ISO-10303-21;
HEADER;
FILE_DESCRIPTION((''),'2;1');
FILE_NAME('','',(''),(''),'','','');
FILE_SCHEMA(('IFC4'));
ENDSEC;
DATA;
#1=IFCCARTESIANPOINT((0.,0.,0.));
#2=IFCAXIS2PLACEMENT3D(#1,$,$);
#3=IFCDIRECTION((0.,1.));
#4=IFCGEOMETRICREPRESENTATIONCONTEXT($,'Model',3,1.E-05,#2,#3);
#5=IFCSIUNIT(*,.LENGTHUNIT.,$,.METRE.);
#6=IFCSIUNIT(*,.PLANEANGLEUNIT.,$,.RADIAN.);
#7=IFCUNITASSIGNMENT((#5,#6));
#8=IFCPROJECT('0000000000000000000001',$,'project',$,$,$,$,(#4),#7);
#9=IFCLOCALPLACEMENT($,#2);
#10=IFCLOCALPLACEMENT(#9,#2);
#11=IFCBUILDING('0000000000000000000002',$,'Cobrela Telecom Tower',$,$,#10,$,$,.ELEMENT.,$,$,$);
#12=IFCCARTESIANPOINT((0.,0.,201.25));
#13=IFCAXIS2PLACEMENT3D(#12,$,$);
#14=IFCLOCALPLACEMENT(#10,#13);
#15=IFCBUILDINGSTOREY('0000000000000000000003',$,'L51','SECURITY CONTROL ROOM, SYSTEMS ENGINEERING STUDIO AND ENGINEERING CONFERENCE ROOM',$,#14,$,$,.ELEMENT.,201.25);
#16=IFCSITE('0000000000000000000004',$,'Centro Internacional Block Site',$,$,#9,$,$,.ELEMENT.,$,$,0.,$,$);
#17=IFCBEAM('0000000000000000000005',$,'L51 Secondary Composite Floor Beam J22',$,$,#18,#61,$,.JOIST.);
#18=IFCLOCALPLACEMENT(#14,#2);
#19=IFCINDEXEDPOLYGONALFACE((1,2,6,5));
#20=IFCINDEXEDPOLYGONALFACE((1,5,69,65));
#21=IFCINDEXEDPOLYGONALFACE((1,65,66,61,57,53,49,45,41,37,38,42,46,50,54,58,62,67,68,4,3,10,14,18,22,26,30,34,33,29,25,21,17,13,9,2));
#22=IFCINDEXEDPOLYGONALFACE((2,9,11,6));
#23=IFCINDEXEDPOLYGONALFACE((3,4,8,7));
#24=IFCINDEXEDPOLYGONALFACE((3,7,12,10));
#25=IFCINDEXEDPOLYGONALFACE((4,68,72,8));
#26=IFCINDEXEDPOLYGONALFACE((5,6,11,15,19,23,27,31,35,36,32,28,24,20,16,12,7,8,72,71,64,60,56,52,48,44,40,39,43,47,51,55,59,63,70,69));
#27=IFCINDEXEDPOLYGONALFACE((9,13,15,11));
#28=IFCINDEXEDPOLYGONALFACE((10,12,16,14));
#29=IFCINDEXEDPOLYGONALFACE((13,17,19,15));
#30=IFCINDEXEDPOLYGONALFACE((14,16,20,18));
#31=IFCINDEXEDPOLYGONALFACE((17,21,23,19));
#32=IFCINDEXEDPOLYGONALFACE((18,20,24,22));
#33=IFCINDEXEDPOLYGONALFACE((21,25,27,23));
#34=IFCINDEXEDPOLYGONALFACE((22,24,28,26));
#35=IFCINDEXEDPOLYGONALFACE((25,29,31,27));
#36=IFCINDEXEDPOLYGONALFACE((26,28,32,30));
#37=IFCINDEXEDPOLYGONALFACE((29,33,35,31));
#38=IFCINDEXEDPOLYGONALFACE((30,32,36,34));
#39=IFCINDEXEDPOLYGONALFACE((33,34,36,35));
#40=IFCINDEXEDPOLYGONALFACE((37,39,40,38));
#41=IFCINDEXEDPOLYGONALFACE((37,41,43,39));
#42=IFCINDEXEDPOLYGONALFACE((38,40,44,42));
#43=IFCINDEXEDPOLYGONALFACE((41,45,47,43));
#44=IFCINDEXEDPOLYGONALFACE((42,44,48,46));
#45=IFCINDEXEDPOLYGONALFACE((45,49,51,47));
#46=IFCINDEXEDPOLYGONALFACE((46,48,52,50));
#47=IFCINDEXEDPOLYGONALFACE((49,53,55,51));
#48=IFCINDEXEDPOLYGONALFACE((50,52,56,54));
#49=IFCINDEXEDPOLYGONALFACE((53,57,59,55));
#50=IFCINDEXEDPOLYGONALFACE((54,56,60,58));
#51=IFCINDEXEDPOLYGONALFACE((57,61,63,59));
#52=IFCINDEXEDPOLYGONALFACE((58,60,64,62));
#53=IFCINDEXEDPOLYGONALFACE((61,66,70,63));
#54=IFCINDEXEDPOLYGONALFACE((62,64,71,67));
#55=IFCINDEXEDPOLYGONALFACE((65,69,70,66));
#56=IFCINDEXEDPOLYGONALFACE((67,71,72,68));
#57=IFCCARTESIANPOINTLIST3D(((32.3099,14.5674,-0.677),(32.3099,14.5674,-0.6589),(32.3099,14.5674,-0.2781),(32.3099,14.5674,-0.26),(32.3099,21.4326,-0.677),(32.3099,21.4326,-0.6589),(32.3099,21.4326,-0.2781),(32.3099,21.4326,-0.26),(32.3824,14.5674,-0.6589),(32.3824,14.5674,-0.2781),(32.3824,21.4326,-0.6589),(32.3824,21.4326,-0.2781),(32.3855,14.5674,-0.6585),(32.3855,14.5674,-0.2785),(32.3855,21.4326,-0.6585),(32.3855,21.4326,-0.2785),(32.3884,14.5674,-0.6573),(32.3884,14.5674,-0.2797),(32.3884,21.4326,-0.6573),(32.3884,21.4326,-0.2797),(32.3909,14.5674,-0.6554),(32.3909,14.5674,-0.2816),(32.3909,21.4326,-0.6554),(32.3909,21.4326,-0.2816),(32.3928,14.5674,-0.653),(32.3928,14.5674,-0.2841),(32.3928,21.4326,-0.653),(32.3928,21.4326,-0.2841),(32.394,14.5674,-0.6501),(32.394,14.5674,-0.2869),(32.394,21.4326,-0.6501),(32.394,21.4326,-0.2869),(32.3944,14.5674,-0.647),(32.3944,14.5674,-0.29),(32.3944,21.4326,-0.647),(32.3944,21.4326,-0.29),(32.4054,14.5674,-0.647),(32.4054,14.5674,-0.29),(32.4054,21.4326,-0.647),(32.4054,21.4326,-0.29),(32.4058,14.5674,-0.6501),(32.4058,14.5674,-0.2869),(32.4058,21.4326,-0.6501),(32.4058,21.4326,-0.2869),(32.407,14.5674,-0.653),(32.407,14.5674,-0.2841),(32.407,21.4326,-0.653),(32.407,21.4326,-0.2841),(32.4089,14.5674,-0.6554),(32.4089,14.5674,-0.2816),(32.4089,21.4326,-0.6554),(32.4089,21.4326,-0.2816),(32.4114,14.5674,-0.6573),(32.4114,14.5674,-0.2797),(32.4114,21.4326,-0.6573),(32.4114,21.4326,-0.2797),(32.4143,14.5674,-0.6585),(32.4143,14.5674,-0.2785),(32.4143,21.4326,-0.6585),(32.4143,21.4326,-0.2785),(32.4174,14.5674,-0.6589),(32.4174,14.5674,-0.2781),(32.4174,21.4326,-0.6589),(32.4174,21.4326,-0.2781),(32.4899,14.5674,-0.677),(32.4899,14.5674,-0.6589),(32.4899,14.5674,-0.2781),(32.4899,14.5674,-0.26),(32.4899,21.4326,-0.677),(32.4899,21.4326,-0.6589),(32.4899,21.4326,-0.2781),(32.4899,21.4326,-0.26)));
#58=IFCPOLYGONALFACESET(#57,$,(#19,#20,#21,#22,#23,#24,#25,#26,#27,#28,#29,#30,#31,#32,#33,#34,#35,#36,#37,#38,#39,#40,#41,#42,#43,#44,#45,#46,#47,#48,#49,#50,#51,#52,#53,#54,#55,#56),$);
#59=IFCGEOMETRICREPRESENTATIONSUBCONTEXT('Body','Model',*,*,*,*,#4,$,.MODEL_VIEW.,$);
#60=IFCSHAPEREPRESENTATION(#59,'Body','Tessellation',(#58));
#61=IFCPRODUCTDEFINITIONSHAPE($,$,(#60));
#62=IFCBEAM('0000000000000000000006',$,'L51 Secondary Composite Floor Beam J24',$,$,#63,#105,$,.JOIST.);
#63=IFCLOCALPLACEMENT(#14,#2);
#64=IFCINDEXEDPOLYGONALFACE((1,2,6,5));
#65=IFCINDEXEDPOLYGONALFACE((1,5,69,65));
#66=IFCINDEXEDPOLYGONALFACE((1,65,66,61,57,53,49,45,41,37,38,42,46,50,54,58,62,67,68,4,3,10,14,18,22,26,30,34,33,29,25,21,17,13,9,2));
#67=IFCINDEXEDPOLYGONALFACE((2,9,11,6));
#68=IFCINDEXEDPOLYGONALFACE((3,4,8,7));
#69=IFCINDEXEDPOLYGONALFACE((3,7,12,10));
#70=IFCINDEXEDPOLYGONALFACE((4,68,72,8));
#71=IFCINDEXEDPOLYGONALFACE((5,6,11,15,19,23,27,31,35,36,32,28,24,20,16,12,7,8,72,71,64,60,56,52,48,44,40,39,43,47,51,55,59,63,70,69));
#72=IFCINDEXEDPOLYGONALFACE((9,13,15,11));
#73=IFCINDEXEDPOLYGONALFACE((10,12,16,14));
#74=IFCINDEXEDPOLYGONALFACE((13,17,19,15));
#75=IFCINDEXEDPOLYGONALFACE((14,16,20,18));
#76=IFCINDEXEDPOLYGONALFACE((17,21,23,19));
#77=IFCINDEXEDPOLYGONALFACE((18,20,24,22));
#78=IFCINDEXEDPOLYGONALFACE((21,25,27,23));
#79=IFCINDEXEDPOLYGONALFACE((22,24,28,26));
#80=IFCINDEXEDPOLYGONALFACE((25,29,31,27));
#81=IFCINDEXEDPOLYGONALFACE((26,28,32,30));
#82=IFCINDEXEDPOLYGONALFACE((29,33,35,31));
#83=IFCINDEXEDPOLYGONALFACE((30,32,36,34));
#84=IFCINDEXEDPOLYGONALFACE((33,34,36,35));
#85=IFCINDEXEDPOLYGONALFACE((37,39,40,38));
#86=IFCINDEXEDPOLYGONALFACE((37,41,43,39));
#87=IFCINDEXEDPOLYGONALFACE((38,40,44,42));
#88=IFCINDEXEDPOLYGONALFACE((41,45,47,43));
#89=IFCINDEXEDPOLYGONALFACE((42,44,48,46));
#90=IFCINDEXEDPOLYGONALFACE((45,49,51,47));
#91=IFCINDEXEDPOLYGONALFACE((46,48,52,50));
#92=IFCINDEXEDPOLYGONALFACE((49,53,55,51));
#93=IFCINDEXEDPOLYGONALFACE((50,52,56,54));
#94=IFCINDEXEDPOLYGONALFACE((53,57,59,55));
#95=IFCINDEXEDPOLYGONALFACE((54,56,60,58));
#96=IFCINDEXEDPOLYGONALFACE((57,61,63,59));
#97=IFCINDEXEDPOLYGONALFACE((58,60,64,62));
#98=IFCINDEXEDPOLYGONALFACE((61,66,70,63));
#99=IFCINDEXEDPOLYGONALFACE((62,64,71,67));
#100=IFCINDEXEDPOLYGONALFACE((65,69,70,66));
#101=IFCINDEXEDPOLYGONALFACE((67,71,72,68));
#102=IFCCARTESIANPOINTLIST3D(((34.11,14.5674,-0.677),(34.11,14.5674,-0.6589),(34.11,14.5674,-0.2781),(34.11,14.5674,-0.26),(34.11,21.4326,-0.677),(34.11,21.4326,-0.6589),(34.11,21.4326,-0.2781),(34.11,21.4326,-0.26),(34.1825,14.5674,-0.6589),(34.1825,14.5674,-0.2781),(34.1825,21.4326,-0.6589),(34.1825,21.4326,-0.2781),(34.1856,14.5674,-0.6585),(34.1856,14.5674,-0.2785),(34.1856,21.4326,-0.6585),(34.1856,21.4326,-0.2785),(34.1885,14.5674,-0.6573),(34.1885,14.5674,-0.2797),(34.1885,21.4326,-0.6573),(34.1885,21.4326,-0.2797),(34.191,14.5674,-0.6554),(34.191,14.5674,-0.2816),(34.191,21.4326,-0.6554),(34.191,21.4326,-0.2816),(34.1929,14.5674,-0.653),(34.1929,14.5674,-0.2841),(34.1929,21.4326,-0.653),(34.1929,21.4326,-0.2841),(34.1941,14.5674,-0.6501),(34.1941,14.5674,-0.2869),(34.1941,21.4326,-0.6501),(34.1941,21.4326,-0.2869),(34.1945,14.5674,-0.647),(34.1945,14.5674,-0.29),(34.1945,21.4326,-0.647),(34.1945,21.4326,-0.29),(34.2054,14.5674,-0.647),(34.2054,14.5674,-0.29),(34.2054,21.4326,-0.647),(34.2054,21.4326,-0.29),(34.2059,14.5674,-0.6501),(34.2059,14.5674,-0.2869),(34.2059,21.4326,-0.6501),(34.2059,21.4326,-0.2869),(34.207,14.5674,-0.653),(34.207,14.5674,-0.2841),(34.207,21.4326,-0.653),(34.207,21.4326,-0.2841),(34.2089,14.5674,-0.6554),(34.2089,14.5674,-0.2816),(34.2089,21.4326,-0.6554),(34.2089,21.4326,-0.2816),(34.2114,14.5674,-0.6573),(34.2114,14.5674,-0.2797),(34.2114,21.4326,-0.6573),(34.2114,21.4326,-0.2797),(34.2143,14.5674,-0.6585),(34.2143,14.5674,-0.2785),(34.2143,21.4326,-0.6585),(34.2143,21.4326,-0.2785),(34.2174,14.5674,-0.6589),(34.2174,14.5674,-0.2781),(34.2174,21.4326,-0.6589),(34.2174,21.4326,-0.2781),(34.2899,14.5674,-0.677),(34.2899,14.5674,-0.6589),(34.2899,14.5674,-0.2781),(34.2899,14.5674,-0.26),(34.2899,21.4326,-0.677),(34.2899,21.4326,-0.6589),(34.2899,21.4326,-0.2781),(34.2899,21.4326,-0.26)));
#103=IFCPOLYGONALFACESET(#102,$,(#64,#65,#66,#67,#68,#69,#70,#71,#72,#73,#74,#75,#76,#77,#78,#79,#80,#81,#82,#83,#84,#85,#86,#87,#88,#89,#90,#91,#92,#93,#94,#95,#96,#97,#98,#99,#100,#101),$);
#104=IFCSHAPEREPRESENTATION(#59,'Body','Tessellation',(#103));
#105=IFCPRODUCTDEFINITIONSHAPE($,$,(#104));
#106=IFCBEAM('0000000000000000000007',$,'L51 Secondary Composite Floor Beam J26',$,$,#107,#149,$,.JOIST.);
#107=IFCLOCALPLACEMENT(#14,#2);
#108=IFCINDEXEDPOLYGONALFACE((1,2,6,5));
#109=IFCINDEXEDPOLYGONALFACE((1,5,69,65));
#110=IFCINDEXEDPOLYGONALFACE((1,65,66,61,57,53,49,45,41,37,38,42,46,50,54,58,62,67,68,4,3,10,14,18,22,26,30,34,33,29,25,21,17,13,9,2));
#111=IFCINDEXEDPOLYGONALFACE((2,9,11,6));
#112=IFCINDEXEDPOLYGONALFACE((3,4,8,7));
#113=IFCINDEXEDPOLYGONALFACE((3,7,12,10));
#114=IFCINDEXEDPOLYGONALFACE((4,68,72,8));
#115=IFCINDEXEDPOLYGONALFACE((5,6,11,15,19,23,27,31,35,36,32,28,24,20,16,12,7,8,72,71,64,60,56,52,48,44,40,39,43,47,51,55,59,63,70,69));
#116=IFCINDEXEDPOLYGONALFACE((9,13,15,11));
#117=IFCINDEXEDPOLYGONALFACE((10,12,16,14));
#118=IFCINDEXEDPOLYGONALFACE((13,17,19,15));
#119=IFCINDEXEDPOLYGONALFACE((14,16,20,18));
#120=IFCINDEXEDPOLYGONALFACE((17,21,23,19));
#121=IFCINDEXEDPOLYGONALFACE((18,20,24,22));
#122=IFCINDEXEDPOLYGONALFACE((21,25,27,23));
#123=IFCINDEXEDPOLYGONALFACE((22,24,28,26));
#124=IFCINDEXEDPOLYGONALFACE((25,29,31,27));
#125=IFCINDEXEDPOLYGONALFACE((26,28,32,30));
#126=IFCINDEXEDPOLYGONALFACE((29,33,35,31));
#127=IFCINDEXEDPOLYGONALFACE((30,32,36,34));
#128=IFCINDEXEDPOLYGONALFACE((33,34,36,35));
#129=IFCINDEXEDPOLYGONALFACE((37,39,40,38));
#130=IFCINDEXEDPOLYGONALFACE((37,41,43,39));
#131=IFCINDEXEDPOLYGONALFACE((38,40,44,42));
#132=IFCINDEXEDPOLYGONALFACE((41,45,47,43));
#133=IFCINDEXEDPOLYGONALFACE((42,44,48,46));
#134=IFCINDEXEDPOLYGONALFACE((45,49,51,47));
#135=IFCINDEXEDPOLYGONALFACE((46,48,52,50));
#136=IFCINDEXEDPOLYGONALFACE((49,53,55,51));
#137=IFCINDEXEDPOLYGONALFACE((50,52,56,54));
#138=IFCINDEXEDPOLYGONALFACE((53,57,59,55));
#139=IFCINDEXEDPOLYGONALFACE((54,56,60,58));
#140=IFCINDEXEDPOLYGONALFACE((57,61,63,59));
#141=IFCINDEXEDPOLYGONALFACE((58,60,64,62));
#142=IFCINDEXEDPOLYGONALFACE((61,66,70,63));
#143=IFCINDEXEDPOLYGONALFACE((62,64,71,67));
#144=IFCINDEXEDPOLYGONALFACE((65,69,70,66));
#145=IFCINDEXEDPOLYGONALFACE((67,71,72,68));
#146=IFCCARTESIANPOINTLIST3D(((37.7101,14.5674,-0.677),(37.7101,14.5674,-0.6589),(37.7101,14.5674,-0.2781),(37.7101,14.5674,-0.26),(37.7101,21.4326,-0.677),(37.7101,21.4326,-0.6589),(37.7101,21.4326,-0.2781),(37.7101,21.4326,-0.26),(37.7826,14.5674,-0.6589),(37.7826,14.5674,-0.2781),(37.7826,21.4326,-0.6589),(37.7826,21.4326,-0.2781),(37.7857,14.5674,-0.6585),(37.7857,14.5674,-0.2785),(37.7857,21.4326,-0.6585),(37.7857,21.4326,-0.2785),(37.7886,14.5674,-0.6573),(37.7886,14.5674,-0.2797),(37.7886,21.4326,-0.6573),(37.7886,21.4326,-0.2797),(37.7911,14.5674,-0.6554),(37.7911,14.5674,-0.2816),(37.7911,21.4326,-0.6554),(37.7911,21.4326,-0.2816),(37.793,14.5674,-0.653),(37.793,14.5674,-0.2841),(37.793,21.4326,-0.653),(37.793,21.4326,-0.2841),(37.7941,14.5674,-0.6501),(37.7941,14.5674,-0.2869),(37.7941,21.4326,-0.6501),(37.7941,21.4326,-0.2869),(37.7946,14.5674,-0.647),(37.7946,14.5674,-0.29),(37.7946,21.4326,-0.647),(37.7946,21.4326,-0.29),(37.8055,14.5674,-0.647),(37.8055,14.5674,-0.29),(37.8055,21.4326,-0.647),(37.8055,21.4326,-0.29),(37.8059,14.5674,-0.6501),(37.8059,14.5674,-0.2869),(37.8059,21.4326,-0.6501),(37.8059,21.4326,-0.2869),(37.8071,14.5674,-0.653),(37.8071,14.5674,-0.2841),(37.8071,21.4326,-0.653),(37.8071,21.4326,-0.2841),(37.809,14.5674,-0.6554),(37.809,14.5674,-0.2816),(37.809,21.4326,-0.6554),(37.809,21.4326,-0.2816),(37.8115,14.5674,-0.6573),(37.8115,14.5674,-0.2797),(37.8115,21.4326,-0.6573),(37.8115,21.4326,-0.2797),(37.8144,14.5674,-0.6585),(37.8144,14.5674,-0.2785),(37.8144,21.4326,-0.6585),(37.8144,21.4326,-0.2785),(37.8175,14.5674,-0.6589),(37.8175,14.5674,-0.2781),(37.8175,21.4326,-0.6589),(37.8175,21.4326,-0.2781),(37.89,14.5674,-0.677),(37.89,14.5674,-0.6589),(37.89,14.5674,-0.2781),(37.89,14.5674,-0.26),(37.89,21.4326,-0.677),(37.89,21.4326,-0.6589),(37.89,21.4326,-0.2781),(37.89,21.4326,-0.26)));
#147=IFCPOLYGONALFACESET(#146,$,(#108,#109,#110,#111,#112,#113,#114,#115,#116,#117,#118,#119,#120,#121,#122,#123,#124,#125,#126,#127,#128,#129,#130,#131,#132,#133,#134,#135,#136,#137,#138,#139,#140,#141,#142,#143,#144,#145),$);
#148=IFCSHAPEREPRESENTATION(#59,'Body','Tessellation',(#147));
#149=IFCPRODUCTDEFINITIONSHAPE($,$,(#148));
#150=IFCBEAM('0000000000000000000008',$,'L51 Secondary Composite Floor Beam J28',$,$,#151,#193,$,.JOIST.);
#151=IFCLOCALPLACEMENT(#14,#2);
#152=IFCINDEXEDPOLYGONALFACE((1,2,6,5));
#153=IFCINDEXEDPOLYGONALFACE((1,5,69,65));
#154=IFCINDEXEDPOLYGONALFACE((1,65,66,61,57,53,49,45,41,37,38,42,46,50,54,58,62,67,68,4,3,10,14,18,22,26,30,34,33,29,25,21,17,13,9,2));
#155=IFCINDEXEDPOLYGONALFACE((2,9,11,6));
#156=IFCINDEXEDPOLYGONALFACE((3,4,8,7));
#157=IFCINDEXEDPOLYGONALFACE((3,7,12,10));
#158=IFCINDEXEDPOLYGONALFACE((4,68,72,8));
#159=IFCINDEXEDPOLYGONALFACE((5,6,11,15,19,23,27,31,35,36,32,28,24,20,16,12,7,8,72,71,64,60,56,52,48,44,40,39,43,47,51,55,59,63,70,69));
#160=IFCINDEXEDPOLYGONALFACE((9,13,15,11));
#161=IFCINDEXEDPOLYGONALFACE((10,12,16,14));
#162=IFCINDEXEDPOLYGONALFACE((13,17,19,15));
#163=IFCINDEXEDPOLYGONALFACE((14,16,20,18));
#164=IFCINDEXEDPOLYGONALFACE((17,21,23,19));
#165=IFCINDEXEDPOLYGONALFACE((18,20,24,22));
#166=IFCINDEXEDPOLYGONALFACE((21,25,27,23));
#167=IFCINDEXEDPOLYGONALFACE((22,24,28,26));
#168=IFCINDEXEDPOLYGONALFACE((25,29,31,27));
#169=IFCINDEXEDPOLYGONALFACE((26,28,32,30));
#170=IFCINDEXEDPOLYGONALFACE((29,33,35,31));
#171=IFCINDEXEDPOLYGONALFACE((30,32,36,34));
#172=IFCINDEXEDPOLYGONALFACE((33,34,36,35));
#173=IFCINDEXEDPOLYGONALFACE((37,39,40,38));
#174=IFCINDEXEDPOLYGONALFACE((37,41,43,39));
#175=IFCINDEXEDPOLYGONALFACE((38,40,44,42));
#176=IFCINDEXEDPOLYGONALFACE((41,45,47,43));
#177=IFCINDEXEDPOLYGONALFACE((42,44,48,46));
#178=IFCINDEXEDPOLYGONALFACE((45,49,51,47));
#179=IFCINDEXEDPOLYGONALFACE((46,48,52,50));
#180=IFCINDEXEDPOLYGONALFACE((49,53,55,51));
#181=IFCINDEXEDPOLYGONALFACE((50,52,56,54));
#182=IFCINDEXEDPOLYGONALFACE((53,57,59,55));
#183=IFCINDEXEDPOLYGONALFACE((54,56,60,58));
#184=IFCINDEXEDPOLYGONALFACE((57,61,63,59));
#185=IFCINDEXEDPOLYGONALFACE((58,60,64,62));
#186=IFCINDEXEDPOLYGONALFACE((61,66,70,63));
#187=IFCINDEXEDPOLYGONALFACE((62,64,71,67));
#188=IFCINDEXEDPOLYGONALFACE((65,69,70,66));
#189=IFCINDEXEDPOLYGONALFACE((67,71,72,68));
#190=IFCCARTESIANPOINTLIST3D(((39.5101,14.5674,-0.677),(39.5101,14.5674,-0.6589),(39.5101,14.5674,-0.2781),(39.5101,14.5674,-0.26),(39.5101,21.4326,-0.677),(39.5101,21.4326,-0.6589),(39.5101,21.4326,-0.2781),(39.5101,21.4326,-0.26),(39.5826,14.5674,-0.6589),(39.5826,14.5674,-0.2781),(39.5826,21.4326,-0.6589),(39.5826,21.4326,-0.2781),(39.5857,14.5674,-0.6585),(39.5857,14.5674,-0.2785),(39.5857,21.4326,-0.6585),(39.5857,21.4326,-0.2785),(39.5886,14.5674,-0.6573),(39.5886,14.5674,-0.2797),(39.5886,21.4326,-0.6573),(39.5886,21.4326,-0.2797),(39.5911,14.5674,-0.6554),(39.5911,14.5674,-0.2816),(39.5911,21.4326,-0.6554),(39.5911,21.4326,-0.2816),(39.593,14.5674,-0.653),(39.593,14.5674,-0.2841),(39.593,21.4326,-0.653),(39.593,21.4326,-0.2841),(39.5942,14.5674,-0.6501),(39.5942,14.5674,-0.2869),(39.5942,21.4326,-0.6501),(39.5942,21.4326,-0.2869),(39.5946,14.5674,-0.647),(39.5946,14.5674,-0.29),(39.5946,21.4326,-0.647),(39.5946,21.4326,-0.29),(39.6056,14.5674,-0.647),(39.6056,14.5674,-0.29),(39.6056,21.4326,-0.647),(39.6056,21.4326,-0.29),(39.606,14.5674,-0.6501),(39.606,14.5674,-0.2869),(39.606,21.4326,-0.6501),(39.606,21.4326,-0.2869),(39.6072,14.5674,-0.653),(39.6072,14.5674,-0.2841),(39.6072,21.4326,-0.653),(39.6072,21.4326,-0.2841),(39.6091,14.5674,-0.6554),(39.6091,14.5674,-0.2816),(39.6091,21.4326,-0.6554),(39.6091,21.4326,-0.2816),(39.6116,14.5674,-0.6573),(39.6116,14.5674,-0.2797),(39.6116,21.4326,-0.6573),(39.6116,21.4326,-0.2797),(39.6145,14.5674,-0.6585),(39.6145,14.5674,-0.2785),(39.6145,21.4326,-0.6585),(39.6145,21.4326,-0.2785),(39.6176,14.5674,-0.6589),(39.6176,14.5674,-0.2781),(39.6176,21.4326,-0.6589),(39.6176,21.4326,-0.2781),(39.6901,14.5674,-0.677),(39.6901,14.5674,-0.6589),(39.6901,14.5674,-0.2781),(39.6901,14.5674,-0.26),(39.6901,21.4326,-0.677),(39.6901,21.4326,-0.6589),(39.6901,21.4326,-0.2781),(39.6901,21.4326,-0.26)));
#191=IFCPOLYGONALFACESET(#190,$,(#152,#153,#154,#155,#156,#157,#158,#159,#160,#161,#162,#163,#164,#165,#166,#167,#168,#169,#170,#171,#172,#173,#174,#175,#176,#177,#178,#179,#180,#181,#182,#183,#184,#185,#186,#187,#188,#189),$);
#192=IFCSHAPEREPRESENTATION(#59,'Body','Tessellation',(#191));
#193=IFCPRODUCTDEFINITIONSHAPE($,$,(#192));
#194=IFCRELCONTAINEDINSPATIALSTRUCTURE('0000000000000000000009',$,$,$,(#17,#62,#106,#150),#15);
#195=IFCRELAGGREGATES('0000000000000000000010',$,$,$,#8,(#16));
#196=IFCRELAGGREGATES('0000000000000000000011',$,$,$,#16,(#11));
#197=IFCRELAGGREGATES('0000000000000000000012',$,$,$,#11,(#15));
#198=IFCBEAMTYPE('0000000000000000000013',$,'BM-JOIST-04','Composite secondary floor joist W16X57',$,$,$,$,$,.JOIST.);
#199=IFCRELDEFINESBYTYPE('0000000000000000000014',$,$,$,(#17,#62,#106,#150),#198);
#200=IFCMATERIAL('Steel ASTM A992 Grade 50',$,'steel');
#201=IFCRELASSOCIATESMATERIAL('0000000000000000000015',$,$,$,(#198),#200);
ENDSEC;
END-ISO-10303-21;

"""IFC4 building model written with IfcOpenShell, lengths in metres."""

from ifc_helpers import new_model, si_unit, direction, frame, origin, origin_2d, place, context, subcontext, project, spatial, i_section, extrude, material, material_profile, profile_set, type_object, element, save


model = new_model("IFC4")

# Units and contexts
model_context = context("Model", 3, precision=1e-05, world=origin(), true_north=direction((0.0, 1.0)))
body_context = subcontext(model_context, "Body", "Model", "MODEL_VIEW")
ifc_project = project(units=[si_unit("LENGTHUNIT", "METRE"), si_unit("PLANEANGLEUNIT", "RADIAN")], contexts=[model_context])

# Site, building, storey
site_placement = place(None, origin())
site = spatial("IfcSite", under=ifc_project, at=site_placement, Name="Centro Internacional Block Site", CompositionType="ELEMENT", RefElevation=0.0)
building_placement = place(site_placement, origin())
building = spatial("IfcBuilding", under=site, at=building_placement, Name="Cobrela Telecom Tower", CompositionType="ELEMENT")
storey_placement = place(building_placement, frame((0.0, 0.0, 201.25)))
storey = spatial("IfcBuildingStorey", under=building, at=storey_placement, Name="L51", Description="SECURITY CONTROL ROOM, SYSTEMS ENGINEERING STUDIO AND ENGINEERING CONFERENCE ROOM", CompositionType="ELEMENT", Elevation=201.25)

# Shared definitions
ifc_material_1 = material(Name="Steel ASTM A992 Grade 50", Category="steel")

# Beams
ifc_material_profile_1 = material_profile(ifc_material_1, i_section(OverallWidth=0.1799, OverallDepth=0.417, WebThickness=0.011, FlangeThickness=0.0181, FilletRadius=0.012, at=origin_2d()), Name="W16X57")
ifc_profile_set_1 = profile_set([ifc_material_profile_1], Name="Steel ASTM A992 Grade 50")
beam_type_1 = type_object("IfcBeamType", Name="BM-JOIST-04", Description="Composite secondary floor joist W16X57", PredefinedType="JOIST", material=ifc_profile_set_1)
for number, where, z_axis, x_axis, name in (
    (1, (32.3999, 14.5674, -0.4685), (0.0, 1.0, 0.0), (-1.0, 0.0, 0.0), "L51 Secondary Composite Floor Beam J22"),
    (2, (34.2, 14.5674, -0.4685), (0.0, 1.0, 0.0), (-1.0, 0.0, 0.0), "L51 Secondary Composite Floor Beam J24"),
    (3, (37.8, 14.5674, -0.4685), (0.0, 1.0, 0.0), (-1.0, 0.0, 0.0), "L51 Secondary Composite Floor Beam J26"),
    (4, (39.6001, 14.5674, -0.4685), (0.0, 1.0, 0.0), (-1.0, 0.0, 0.0), "L51 Secondary Composite Floor Beam J28"),
):
    element("IfcBeam", number, at=place(storey_placement, frame(where, z_axis=z_axis, x_axis=x_axis)), inside=storey, type_object=beam_type_1, Name=name, PredefinedType="JOIST", context=body_context, shape_type="SweptSolid", body=[
        extrude(i_section(OverallWidth=0.1799, OverallDepth=0.417, WebThickness=0.011, FlangeThickness=0.0181, FilletRadius=0.012, at=origin_2d()), origin(), (0.0, 0.0, 1.0), 6.8652),
    ])

save(model, "model.ifc")
